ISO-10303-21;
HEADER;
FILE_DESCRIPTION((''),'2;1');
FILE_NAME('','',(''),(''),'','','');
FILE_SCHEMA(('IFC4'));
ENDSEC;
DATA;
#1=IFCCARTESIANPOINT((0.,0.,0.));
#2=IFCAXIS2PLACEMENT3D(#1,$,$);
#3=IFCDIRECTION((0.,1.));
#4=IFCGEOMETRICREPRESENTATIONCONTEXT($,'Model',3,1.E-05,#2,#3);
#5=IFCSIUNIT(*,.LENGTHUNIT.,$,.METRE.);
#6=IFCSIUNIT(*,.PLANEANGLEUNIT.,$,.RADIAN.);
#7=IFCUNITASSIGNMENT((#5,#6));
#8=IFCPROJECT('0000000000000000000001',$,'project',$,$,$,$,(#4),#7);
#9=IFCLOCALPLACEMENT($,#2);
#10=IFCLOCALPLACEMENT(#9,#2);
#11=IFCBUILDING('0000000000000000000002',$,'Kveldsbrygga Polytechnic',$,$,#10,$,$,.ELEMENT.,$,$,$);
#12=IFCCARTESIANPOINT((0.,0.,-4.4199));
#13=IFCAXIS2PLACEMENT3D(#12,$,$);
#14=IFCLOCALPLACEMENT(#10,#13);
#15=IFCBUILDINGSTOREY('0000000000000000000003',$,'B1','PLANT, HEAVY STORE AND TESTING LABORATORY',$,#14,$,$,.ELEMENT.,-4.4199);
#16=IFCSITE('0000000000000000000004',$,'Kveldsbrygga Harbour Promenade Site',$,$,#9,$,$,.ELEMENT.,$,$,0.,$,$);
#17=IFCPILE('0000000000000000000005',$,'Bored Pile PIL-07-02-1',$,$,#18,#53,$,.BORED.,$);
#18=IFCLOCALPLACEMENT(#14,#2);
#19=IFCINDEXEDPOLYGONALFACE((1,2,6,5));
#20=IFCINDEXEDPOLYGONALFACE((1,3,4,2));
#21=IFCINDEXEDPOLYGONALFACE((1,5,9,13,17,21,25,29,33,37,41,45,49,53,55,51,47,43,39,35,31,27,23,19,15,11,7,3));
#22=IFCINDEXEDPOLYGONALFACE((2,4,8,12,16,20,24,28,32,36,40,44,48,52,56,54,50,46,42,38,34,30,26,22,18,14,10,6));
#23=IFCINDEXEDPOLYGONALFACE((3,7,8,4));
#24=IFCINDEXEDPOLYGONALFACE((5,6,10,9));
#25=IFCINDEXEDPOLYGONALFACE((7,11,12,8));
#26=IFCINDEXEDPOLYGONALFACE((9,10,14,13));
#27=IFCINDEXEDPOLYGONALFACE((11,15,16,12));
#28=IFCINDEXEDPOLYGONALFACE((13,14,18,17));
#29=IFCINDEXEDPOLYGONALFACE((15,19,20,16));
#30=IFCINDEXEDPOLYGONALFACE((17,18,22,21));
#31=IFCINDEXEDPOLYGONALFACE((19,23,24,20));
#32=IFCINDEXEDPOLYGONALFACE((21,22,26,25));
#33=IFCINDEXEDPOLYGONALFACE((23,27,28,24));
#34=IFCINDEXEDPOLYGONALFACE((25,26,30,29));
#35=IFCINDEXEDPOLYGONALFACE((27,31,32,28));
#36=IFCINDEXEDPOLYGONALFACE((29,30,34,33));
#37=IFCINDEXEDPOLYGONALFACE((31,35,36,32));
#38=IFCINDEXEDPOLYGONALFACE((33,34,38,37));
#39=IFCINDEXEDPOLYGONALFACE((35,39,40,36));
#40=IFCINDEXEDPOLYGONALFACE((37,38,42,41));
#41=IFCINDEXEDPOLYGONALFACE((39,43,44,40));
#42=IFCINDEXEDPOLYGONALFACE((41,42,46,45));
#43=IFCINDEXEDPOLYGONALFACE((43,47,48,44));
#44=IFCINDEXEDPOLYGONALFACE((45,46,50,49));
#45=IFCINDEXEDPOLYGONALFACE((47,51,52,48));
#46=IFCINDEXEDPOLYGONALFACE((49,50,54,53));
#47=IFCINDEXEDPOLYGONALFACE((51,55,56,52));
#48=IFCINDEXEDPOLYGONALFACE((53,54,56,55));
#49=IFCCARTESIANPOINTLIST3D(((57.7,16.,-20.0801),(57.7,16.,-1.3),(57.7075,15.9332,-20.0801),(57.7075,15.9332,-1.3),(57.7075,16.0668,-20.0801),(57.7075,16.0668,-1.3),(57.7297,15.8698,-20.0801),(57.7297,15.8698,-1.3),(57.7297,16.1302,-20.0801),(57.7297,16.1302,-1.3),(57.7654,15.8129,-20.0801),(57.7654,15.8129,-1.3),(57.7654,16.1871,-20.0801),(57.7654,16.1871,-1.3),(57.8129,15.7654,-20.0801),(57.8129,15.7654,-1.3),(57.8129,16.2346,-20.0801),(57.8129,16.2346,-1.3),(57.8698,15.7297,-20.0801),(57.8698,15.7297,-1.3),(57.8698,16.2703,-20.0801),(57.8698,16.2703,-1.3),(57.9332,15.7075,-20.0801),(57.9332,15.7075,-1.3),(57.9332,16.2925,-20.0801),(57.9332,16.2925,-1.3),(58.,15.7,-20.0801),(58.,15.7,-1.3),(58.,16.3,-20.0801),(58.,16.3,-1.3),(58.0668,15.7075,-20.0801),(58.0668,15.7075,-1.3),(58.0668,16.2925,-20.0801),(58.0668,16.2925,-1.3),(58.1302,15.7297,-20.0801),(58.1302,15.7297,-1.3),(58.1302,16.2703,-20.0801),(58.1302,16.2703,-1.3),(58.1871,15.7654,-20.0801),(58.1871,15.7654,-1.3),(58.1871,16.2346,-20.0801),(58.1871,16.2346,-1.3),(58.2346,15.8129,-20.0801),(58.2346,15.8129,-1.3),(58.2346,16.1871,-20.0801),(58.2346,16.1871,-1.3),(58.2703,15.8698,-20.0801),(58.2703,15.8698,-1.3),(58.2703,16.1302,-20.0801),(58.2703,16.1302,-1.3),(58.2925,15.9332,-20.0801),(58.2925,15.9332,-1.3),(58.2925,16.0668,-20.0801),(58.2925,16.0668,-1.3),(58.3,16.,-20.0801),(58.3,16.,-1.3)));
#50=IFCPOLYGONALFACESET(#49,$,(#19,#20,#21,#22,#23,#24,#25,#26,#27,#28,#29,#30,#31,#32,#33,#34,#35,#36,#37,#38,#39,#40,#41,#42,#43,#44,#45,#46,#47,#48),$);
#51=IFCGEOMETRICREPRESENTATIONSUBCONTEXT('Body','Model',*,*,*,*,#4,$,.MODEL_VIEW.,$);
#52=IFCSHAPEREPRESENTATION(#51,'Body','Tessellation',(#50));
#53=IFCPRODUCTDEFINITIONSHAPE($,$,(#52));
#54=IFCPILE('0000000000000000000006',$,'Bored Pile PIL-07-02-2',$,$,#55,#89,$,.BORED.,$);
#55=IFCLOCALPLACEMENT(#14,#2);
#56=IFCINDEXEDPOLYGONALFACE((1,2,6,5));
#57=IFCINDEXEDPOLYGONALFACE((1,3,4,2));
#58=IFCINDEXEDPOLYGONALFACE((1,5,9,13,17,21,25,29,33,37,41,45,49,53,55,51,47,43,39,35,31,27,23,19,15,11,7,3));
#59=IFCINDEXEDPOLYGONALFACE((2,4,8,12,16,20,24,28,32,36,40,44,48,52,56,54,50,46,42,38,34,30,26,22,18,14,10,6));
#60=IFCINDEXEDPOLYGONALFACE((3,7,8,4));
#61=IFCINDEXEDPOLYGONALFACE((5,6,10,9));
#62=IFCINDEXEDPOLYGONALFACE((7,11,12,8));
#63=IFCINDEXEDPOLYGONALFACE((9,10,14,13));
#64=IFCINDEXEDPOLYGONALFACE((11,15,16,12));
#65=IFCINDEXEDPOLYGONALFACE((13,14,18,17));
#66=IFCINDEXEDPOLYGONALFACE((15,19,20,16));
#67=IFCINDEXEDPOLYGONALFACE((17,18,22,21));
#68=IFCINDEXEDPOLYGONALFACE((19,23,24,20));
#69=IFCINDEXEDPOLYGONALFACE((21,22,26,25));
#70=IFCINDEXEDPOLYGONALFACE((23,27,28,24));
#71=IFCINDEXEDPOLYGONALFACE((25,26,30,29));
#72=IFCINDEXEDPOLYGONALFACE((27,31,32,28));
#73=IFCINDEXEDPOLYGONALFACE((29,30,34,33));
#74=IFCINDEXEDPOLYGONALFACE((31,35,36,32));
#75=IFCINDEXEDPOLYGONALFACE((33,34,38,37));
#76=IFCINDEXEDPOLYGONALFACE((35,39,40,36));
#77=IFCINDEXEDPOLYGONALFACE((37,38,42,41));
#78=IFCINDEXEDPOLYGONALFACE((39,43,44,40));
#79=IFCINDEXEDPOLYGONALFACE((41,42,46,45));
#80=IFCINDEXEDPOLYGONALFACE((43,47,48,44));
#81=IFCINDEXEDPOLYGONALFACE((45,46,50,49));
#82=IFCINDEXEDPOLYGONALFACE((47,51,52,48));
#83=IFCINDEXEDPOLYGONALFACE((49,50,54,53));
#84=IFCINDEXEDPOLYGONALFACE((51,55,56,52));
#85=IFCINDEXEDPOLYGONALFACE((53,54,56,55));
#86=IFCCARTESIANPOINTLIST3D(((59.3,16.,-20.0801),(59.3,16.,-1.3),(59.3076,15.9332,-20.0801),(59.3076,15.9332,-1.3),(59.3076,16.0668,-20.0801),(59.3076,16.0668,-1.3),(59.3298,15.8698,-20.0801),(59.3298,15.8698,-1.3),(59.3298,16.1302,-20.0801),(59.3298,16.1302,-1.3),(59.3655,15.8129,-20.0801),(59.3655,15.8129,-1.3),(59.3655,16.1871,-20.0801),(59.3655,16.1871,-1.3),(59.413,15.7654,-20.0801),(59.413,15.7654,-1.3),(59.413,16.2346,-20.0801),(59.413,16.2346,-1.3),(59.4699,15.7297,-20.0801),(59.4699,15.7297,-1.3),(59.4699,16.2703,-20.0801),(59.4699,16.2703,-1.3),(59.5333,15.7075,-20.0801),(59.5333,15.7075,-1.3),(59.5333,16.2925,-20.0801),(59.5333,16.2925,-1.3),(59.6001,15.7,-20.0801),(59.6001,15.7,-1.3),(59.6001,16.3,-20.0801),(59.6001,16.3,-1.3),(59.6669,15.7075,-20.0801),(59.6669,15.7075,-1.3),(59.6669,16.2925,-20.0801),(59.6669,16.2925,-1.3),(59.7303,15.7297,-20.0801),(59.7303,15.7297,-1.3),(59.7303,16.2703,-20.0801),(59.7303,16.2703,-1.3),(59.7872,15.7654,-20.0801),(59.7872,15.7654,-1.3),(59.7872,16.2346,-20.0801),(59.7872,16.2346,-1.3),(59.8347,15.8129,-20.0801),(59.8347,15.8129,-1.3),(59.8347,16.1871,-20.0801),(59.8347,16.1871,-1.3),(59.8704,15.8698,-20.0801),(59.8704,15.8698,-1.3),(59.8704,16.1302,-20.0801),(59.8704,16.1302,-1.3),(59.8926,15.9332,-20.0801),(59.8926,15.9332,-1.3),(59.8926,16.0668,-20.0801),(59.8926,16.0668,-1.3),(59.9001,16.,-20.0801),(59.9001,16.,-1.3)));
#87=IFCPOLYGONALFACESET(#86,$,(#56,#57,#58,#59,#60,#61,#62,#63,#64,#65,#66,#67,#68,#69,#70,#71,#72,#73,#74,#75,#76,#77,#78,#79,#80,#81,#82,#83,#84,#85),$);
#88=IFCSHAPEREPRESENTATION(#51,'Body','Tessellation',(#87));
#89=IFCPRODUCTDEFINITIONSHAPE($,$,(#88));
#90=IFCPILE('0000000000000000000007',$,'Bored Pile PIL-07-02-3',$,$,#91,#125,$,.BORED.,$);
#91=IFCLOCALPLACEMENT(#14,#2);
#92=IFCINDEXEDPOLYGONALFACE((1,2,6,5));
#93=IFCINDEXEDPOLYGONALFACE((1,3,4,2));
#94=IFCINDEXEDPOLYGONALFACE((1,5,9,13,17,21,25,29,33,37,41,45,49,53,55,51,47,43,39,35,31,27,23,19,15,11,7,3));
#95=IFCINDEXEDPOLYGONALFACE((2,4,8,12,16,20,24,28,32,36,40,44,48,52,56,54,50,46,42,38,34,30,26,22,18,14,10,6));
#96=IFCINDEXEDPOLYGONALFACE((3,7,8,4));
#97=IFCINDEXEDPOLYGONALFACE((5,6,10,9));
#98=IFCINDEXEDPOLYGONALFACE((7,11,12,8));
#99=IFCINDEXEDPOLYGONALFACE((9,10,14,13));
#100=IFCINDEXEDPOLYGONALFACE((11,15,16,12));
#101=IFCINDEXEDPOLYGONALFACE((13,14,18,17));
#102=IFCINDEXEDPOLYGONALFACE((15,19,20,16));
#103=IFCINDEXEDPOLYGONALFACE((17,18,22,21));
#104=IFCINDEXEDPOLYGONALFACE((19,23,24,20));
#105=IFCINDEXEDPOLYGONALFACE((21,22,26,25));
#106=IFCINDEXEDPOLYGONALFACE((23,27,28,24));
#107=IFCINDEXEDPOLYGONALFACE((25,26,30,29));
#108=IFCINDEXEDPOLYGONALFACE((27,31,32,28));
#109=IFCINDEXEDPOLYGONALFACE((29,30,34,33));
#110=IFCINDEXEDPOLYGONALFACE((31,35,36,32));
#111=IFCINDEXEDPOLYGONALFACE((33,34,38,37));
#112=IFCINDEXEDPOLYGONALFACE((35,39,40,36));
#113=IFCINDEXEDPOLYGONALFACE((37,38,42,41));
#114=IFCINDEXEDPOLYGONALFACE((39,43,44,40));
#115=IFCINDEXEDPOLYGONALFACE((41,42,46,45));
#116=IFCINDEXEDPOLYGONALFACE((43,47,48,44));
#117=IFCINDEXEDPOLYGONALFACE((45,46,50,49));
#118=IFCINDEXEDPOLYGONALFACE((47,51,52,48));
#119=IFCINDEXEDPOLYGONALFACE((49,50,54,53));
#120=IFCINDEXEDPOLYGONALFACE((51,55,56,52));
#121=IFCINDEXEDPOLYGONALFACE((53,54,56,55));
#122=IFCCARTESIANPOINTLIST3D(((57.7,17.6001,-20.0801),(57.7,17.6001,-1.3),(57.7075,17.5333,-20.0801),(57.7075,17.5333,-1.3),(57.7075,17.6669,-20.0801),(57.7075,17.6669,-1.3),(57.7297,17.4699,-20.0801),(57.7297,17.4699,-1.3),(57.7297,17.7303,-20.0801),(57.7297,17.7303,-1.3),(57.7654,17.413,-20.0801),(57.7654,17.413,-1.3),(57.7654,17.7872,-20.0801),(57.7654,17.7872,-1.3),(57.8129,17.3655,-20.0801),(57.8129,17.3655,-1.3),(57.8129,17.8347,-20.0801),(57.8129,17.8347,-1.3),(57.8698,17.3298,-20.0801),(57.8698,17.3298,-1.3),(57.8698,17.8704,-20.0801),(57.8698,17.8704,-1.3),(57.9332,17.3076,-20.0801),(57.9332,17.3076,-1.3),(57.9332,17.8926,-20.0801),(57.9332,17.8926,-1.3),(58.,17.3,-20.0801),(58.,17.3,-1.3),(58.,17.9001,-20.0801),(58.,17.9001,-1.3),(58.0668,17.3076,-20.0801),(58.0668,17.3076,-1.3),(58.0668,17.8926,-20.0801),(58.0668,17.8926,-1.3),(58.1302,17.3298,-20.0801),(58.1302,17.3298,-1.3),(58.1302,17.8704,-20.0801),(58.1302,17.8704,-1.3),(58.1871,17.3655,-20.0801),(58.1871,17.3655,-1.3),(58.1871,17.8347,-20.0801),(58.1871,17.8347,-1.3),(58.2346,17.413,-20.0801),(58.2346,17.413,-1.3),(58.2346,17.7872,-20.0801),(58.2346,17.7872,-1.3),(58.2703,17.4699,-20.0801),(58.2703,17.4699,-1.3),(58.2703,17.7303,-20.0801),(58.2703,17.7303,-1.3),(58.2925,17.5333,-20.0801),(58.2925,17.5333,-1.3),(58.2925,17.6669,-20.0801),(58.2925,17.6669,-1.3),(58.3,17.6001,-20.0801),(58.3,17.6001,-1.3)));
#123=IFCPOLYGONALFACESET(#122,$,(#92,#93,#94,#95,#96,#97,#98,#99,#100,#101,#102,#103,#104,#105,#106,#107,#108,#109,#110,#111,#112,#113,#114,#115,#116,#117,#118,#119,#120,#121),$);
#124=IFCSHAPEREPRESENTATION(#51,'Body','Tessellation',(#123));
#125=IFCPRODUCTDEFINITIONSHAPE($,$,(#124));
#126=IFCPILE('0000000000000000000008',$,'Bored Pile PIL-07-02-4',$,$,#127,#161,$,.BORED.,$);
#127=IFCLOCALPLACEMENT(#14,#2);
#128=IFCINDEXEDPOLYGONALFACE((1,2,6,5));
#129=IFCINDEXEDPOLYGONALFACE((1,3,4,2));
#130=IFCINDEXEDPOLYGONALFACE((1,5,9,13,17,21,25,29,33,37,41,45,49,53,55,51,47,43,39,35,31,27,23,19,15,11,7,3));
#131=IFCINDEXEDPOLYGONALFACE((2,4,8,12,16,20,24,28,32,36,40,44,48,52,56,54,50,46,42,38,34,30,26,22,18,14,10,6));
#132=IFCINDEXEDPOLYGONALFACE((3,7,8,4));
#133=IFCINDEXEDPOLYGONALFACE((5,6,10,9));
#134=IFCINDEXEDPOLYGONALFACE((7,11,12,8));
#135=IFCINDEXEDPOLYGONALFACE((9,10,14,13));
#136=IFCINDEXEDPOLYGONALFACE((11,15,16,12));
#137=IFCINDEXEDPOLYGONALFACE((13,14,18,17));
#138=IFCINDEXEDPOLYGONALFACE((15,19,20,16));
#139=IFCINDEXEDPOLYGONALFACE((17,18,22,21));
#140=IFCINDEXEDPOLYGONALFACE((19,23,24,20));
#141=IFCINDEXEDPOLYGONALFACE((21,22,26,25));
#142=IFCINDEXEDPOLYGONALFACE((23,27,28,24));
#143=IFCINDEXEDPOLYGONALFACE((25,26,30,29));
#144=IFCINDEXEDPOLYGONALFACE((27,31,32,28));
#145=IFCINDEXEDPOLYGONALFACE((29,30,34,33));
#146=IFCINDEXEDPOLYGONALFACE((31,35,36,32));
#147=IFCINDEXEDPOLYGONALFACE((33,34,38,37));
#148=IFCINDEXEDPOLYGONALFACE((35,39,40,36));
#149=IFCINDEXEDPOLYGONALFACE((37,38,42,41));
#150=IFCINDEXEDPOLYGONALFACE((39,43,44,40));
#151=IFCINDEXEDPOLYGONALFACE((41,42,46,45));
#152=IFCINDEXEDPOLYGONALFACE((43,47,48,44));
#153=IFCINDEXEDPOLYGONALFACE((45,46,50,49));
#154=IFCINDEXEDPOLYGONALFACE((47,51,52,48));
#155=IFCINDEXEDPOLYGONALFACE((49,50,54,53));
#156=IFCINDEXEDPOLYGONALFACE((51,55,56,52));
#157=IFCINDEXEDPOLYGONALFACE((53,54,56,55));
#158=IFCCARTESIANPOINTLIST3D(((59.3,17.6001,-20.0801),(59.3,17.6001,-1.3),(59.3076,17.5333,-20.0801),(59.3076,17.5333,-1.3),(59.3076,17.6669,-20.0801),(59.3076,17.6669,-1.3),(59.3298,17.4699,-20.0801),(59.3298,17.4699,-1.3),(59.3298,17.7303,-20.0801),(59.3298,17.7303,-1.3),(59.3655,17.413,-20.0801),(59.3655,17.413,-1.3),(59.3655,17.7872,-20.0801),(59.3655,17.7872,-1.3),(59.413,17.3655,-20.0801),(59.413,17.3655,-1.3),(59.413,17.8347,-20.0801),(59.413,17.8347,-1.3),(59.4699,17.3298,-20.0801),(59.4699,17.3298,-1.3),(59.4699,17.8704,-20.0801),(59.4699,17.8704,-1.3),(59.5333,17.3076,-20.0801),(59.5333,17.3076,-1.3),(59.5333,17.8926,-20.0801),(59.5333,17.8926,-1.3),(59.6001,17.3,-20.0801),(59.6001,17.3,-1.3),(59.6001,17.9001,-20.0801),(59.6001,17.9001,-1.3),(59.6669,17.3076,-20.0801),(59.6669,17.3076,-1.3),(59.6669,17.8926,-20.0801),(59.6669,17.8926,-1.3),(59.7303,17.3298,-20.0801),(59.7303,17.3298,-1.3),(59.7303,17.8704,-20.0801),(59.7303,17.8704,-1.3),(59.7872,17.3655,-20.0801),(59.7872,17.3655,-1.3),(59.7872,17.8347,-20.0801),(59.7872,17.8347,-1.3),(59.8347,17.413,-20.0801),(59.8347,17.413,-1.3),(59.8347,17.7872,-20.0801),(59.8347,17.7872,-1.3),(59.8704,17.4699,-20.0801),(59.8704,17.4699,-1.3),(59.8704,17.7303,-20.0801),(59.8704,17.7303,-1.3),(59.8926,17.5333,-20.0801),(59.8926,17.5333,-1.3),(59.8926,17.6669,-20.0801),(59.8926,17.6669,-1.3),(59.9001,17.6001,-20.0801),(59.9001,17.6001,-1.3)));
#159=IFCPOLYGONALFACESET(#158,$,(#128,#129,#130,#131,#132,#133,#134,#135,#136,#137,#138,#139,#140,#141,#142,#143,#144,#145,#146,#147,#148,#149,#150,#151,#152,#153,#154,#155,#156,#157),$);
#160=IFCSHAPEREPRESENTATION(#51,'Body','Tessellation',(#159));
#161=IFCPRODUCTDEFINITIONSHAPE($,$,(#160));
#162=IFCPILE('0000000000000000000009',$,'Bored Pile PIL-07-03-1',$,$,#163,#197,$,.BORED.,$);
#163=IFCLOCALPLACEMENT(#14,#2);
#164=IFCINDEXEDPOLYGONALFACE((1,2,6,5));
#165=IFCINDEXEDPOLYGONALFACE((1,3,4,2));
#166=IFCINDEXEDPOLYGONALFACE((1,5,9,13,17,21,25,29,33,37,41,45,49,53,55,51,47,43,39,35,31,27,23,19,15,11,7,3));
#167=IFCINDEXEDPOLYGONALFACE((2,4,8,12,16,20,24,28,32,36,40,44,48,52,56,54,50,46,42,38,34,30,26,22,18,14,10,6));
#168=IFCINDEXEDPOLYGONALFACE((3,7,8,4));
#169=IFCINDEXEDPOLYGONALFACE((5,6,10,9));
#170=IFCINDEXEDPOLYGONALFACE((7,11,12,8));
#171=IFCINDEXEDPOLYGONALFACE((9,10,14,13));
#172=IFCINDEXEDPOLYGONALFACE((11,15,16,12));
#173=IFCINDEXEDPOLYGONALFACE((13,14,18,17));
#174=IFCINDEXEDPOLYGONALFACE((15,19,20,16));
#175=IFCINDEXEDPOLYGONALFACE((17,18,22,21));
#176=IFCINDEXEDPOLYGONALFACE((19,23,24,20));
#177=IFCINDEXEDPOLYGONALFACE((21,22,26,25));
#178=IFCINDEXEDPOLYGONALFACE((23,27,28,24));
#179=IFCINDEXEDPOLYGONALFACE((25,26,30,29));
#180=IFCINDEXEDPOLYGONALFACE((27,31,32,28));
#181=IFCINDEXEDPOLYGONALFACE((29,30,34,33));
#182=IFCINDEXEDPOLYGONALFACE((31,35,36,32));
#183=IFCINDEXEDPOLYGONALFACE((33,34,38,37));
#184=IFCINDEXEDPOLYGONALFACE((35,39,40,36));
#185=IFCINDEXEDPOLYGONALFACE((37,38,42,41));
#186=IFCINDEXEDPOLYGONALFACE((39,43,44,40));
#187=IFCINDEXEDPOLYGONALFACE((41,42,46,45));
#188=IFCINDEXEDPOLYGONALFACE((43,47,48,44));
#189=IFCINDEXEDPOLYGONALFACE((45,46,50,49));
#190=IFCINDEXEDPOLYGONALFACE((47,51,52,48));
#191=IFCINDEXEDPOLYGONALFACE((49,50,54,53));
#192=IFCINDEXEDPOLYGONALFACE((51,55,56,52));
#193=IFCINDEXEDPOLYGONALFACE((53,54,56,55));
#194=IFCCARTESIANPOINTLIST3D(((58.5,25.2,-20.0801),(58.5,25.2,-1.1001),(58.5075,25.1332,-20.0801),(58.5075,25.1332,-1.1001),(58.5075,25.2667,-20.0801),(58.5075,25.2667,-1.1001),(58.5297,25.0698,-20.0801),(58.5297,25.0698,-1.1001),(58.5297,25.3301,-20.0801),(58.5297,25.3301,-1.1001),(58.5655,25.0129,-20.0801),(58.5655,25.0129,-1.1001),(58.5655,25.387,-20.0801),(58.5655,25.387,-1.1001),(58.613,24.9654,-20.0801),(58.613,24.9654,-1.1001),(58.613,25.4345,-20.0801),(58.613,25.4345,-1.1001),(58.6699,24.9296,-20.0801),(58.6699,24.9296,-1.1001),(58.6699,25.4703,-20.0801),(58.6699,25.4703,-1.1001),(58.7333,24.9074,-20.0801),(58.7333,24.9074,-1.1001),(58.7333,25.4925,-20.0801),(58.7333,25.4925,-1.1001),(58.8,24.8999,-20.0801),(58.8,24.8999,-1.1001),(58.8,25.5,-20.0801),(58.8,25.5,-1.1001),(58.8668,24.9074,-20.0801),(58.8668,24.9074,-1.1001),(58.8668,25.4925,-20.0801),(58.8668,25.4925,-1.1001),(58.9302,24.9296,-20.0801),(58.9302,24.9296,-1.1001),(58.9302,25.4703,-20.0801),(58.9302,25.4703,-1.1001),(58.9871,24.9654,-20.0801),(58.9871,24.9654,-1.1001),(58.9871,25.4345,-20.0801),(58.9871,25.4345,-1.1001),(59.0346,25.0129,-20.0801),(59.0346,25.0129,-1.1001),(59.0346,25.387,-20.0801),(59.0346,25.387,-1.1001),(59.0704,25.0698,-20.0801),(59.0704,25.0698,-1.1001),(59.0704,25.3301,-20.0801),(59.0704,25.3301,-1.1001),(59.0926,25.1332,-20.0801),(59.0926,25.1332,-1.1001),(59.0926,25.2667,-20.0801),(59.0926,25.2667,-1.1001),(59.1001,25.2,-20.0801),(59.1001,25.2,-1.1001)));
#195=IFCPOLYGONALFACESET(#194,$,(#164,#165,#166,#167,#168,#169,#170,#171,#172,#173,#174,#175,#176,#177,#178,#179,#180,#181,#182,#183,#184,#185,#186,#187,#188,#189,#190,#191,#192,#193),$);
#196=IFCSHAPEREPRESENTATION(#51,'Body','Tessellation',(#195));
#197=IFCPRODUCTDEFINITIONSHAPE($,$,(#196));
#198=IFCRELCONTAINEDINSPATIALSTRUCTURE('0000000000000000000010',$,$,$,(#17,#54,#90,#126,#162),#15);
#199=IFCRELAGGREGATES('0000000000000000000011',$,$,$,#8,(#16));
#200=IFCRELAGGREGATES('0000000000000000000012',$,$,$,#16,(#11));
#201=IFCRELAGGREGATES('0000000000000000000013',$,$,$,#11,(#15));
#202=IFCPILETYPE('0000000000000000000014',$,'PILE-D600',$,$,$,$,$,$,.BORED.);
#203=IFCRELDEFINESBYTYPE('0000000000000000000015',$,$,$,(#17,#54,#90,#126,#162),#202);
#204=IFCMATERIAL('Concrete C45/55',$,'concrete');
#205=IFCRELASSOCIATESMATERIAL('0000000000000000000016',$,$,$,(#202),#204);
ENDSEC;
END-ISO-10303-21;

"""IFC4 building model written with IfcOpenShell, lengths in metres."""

from ifc_helpers import new_model, si_unit, direction, frame, origin, origin_2d, place, context, subcontext, project, spatial, circle, extrude, material, material_profile, profile_set, type_object, element, save


model = new_model("IFC4")

# Units and contexts
model_context = context("Model", 3, precision=1e-05, world=origin(), true_north=direction((0.0, 1.0)))
body_context = subcontext(model_context, "Body", "Model", "MODEL_VIEW")
ifc_project = project(units=[si_unit("LENGTHUNIT", "METRE"), si_unit("PLANEANGLEUNIT", "RADIAN")], contexts=[model_context])

# Site, building, storey
site_placement = place(None, origin())
site = spatial("IfcSite", under=ifc_project, at=site_placement, Name="Kveldsbrygga Harbour Promenade Site", CompositionType="ELEMENT", RefElevation=0.0)
building_placement = place(site_placement, origin())
building = spatial("IfcBuilding", under=site, at=building_placement, Name="Kveldsbrygga Polytechnic", CompositionType="ELEMENT")
storey_placement = place(building_placement, frame((0.0, 0.0, -4.4199)))
storey = spatial("IfcBuildingStorey", under=building, at=storey_placement, Name="B1", Description="PLANT, HEAVY STORE AND TESTING LABORATORY", CompositionType="ELEMENT", Elevation=-4.4199)

# Shared definitions
ifc_material_1 = material(Name="Concrete C45/55", Category="concrete")

# Piles
ifc_material_profile_1 = material_profile(ifc_material_1, circle(Radius=0.3, at=origin_2d()), Name="PILE D600")
ifc_profile_set_1 = profile_set([ifc_material_profile_1], Name="Concrete C45/55")
pile_type = type_object("IfcPileType", Name="PILE-D600", PredefinedType="BORED", material=ifc_profile_set_1)
for number, where, z_axis, x_axis, name in (
    (1, (58.0, 16.0, -1.3), (0.0, 0.0, -1.0), (1.0, 0.0, 0.0), "Bored Pile PIL-07-02-1"),
    (2, (59.6001, 16.0, -1.3), (0.0, 0.0, -1.0), (1.0, 0.0, 0.0), "Bored Pile PIL-07-02-2"),
    (3, (58.0, 17.6001, -1.3), (0.0, 0.0, -1.0), (1.0, 0.0, 0.0), "Bored Pile PIL-07-02-3"),
    (4, (59.6001, 17.6001, -1.3), (0.0, 0.0, -1.0), (1.0, 0.0, 0.0), "Bored Pile PIL-07-02-4"),
):
    element("IfcPile", number, at=place(storey_placement, frame(where, z_axis=z_axis, x_axis=x_axis)), inside=storey, type_object=pile_type, Name=name, PredefinedType="BORED", context=body_context, shape_type="SweptSolid", body=[
        extrude(circle(Radius=0.3, at=origin_2d()), origin(), (0.0, 0.0, 1.0), 18.78),
    ])
pile_1_placement = place(storey_placement, frame((58.8, 25.2, -1.1001), z_axis=(0.0, 0.0, -1.0), x_axis=(1.0, 0.0, 0.0)))
element("IfcPile", 5, at=pile_1_placement, inside=storey, type_object=pile_type, Name="Bored Pile PIL-07-03-1", PredefinedType="BORED", context=body_context, shape_type="SweptSolid", body=[
    extrude(circle(Radius=0.3, at=origin_2d()), origin(), (0.0, 0.0, 1.0), 18.98),
])

save(model, "model.ifc")
